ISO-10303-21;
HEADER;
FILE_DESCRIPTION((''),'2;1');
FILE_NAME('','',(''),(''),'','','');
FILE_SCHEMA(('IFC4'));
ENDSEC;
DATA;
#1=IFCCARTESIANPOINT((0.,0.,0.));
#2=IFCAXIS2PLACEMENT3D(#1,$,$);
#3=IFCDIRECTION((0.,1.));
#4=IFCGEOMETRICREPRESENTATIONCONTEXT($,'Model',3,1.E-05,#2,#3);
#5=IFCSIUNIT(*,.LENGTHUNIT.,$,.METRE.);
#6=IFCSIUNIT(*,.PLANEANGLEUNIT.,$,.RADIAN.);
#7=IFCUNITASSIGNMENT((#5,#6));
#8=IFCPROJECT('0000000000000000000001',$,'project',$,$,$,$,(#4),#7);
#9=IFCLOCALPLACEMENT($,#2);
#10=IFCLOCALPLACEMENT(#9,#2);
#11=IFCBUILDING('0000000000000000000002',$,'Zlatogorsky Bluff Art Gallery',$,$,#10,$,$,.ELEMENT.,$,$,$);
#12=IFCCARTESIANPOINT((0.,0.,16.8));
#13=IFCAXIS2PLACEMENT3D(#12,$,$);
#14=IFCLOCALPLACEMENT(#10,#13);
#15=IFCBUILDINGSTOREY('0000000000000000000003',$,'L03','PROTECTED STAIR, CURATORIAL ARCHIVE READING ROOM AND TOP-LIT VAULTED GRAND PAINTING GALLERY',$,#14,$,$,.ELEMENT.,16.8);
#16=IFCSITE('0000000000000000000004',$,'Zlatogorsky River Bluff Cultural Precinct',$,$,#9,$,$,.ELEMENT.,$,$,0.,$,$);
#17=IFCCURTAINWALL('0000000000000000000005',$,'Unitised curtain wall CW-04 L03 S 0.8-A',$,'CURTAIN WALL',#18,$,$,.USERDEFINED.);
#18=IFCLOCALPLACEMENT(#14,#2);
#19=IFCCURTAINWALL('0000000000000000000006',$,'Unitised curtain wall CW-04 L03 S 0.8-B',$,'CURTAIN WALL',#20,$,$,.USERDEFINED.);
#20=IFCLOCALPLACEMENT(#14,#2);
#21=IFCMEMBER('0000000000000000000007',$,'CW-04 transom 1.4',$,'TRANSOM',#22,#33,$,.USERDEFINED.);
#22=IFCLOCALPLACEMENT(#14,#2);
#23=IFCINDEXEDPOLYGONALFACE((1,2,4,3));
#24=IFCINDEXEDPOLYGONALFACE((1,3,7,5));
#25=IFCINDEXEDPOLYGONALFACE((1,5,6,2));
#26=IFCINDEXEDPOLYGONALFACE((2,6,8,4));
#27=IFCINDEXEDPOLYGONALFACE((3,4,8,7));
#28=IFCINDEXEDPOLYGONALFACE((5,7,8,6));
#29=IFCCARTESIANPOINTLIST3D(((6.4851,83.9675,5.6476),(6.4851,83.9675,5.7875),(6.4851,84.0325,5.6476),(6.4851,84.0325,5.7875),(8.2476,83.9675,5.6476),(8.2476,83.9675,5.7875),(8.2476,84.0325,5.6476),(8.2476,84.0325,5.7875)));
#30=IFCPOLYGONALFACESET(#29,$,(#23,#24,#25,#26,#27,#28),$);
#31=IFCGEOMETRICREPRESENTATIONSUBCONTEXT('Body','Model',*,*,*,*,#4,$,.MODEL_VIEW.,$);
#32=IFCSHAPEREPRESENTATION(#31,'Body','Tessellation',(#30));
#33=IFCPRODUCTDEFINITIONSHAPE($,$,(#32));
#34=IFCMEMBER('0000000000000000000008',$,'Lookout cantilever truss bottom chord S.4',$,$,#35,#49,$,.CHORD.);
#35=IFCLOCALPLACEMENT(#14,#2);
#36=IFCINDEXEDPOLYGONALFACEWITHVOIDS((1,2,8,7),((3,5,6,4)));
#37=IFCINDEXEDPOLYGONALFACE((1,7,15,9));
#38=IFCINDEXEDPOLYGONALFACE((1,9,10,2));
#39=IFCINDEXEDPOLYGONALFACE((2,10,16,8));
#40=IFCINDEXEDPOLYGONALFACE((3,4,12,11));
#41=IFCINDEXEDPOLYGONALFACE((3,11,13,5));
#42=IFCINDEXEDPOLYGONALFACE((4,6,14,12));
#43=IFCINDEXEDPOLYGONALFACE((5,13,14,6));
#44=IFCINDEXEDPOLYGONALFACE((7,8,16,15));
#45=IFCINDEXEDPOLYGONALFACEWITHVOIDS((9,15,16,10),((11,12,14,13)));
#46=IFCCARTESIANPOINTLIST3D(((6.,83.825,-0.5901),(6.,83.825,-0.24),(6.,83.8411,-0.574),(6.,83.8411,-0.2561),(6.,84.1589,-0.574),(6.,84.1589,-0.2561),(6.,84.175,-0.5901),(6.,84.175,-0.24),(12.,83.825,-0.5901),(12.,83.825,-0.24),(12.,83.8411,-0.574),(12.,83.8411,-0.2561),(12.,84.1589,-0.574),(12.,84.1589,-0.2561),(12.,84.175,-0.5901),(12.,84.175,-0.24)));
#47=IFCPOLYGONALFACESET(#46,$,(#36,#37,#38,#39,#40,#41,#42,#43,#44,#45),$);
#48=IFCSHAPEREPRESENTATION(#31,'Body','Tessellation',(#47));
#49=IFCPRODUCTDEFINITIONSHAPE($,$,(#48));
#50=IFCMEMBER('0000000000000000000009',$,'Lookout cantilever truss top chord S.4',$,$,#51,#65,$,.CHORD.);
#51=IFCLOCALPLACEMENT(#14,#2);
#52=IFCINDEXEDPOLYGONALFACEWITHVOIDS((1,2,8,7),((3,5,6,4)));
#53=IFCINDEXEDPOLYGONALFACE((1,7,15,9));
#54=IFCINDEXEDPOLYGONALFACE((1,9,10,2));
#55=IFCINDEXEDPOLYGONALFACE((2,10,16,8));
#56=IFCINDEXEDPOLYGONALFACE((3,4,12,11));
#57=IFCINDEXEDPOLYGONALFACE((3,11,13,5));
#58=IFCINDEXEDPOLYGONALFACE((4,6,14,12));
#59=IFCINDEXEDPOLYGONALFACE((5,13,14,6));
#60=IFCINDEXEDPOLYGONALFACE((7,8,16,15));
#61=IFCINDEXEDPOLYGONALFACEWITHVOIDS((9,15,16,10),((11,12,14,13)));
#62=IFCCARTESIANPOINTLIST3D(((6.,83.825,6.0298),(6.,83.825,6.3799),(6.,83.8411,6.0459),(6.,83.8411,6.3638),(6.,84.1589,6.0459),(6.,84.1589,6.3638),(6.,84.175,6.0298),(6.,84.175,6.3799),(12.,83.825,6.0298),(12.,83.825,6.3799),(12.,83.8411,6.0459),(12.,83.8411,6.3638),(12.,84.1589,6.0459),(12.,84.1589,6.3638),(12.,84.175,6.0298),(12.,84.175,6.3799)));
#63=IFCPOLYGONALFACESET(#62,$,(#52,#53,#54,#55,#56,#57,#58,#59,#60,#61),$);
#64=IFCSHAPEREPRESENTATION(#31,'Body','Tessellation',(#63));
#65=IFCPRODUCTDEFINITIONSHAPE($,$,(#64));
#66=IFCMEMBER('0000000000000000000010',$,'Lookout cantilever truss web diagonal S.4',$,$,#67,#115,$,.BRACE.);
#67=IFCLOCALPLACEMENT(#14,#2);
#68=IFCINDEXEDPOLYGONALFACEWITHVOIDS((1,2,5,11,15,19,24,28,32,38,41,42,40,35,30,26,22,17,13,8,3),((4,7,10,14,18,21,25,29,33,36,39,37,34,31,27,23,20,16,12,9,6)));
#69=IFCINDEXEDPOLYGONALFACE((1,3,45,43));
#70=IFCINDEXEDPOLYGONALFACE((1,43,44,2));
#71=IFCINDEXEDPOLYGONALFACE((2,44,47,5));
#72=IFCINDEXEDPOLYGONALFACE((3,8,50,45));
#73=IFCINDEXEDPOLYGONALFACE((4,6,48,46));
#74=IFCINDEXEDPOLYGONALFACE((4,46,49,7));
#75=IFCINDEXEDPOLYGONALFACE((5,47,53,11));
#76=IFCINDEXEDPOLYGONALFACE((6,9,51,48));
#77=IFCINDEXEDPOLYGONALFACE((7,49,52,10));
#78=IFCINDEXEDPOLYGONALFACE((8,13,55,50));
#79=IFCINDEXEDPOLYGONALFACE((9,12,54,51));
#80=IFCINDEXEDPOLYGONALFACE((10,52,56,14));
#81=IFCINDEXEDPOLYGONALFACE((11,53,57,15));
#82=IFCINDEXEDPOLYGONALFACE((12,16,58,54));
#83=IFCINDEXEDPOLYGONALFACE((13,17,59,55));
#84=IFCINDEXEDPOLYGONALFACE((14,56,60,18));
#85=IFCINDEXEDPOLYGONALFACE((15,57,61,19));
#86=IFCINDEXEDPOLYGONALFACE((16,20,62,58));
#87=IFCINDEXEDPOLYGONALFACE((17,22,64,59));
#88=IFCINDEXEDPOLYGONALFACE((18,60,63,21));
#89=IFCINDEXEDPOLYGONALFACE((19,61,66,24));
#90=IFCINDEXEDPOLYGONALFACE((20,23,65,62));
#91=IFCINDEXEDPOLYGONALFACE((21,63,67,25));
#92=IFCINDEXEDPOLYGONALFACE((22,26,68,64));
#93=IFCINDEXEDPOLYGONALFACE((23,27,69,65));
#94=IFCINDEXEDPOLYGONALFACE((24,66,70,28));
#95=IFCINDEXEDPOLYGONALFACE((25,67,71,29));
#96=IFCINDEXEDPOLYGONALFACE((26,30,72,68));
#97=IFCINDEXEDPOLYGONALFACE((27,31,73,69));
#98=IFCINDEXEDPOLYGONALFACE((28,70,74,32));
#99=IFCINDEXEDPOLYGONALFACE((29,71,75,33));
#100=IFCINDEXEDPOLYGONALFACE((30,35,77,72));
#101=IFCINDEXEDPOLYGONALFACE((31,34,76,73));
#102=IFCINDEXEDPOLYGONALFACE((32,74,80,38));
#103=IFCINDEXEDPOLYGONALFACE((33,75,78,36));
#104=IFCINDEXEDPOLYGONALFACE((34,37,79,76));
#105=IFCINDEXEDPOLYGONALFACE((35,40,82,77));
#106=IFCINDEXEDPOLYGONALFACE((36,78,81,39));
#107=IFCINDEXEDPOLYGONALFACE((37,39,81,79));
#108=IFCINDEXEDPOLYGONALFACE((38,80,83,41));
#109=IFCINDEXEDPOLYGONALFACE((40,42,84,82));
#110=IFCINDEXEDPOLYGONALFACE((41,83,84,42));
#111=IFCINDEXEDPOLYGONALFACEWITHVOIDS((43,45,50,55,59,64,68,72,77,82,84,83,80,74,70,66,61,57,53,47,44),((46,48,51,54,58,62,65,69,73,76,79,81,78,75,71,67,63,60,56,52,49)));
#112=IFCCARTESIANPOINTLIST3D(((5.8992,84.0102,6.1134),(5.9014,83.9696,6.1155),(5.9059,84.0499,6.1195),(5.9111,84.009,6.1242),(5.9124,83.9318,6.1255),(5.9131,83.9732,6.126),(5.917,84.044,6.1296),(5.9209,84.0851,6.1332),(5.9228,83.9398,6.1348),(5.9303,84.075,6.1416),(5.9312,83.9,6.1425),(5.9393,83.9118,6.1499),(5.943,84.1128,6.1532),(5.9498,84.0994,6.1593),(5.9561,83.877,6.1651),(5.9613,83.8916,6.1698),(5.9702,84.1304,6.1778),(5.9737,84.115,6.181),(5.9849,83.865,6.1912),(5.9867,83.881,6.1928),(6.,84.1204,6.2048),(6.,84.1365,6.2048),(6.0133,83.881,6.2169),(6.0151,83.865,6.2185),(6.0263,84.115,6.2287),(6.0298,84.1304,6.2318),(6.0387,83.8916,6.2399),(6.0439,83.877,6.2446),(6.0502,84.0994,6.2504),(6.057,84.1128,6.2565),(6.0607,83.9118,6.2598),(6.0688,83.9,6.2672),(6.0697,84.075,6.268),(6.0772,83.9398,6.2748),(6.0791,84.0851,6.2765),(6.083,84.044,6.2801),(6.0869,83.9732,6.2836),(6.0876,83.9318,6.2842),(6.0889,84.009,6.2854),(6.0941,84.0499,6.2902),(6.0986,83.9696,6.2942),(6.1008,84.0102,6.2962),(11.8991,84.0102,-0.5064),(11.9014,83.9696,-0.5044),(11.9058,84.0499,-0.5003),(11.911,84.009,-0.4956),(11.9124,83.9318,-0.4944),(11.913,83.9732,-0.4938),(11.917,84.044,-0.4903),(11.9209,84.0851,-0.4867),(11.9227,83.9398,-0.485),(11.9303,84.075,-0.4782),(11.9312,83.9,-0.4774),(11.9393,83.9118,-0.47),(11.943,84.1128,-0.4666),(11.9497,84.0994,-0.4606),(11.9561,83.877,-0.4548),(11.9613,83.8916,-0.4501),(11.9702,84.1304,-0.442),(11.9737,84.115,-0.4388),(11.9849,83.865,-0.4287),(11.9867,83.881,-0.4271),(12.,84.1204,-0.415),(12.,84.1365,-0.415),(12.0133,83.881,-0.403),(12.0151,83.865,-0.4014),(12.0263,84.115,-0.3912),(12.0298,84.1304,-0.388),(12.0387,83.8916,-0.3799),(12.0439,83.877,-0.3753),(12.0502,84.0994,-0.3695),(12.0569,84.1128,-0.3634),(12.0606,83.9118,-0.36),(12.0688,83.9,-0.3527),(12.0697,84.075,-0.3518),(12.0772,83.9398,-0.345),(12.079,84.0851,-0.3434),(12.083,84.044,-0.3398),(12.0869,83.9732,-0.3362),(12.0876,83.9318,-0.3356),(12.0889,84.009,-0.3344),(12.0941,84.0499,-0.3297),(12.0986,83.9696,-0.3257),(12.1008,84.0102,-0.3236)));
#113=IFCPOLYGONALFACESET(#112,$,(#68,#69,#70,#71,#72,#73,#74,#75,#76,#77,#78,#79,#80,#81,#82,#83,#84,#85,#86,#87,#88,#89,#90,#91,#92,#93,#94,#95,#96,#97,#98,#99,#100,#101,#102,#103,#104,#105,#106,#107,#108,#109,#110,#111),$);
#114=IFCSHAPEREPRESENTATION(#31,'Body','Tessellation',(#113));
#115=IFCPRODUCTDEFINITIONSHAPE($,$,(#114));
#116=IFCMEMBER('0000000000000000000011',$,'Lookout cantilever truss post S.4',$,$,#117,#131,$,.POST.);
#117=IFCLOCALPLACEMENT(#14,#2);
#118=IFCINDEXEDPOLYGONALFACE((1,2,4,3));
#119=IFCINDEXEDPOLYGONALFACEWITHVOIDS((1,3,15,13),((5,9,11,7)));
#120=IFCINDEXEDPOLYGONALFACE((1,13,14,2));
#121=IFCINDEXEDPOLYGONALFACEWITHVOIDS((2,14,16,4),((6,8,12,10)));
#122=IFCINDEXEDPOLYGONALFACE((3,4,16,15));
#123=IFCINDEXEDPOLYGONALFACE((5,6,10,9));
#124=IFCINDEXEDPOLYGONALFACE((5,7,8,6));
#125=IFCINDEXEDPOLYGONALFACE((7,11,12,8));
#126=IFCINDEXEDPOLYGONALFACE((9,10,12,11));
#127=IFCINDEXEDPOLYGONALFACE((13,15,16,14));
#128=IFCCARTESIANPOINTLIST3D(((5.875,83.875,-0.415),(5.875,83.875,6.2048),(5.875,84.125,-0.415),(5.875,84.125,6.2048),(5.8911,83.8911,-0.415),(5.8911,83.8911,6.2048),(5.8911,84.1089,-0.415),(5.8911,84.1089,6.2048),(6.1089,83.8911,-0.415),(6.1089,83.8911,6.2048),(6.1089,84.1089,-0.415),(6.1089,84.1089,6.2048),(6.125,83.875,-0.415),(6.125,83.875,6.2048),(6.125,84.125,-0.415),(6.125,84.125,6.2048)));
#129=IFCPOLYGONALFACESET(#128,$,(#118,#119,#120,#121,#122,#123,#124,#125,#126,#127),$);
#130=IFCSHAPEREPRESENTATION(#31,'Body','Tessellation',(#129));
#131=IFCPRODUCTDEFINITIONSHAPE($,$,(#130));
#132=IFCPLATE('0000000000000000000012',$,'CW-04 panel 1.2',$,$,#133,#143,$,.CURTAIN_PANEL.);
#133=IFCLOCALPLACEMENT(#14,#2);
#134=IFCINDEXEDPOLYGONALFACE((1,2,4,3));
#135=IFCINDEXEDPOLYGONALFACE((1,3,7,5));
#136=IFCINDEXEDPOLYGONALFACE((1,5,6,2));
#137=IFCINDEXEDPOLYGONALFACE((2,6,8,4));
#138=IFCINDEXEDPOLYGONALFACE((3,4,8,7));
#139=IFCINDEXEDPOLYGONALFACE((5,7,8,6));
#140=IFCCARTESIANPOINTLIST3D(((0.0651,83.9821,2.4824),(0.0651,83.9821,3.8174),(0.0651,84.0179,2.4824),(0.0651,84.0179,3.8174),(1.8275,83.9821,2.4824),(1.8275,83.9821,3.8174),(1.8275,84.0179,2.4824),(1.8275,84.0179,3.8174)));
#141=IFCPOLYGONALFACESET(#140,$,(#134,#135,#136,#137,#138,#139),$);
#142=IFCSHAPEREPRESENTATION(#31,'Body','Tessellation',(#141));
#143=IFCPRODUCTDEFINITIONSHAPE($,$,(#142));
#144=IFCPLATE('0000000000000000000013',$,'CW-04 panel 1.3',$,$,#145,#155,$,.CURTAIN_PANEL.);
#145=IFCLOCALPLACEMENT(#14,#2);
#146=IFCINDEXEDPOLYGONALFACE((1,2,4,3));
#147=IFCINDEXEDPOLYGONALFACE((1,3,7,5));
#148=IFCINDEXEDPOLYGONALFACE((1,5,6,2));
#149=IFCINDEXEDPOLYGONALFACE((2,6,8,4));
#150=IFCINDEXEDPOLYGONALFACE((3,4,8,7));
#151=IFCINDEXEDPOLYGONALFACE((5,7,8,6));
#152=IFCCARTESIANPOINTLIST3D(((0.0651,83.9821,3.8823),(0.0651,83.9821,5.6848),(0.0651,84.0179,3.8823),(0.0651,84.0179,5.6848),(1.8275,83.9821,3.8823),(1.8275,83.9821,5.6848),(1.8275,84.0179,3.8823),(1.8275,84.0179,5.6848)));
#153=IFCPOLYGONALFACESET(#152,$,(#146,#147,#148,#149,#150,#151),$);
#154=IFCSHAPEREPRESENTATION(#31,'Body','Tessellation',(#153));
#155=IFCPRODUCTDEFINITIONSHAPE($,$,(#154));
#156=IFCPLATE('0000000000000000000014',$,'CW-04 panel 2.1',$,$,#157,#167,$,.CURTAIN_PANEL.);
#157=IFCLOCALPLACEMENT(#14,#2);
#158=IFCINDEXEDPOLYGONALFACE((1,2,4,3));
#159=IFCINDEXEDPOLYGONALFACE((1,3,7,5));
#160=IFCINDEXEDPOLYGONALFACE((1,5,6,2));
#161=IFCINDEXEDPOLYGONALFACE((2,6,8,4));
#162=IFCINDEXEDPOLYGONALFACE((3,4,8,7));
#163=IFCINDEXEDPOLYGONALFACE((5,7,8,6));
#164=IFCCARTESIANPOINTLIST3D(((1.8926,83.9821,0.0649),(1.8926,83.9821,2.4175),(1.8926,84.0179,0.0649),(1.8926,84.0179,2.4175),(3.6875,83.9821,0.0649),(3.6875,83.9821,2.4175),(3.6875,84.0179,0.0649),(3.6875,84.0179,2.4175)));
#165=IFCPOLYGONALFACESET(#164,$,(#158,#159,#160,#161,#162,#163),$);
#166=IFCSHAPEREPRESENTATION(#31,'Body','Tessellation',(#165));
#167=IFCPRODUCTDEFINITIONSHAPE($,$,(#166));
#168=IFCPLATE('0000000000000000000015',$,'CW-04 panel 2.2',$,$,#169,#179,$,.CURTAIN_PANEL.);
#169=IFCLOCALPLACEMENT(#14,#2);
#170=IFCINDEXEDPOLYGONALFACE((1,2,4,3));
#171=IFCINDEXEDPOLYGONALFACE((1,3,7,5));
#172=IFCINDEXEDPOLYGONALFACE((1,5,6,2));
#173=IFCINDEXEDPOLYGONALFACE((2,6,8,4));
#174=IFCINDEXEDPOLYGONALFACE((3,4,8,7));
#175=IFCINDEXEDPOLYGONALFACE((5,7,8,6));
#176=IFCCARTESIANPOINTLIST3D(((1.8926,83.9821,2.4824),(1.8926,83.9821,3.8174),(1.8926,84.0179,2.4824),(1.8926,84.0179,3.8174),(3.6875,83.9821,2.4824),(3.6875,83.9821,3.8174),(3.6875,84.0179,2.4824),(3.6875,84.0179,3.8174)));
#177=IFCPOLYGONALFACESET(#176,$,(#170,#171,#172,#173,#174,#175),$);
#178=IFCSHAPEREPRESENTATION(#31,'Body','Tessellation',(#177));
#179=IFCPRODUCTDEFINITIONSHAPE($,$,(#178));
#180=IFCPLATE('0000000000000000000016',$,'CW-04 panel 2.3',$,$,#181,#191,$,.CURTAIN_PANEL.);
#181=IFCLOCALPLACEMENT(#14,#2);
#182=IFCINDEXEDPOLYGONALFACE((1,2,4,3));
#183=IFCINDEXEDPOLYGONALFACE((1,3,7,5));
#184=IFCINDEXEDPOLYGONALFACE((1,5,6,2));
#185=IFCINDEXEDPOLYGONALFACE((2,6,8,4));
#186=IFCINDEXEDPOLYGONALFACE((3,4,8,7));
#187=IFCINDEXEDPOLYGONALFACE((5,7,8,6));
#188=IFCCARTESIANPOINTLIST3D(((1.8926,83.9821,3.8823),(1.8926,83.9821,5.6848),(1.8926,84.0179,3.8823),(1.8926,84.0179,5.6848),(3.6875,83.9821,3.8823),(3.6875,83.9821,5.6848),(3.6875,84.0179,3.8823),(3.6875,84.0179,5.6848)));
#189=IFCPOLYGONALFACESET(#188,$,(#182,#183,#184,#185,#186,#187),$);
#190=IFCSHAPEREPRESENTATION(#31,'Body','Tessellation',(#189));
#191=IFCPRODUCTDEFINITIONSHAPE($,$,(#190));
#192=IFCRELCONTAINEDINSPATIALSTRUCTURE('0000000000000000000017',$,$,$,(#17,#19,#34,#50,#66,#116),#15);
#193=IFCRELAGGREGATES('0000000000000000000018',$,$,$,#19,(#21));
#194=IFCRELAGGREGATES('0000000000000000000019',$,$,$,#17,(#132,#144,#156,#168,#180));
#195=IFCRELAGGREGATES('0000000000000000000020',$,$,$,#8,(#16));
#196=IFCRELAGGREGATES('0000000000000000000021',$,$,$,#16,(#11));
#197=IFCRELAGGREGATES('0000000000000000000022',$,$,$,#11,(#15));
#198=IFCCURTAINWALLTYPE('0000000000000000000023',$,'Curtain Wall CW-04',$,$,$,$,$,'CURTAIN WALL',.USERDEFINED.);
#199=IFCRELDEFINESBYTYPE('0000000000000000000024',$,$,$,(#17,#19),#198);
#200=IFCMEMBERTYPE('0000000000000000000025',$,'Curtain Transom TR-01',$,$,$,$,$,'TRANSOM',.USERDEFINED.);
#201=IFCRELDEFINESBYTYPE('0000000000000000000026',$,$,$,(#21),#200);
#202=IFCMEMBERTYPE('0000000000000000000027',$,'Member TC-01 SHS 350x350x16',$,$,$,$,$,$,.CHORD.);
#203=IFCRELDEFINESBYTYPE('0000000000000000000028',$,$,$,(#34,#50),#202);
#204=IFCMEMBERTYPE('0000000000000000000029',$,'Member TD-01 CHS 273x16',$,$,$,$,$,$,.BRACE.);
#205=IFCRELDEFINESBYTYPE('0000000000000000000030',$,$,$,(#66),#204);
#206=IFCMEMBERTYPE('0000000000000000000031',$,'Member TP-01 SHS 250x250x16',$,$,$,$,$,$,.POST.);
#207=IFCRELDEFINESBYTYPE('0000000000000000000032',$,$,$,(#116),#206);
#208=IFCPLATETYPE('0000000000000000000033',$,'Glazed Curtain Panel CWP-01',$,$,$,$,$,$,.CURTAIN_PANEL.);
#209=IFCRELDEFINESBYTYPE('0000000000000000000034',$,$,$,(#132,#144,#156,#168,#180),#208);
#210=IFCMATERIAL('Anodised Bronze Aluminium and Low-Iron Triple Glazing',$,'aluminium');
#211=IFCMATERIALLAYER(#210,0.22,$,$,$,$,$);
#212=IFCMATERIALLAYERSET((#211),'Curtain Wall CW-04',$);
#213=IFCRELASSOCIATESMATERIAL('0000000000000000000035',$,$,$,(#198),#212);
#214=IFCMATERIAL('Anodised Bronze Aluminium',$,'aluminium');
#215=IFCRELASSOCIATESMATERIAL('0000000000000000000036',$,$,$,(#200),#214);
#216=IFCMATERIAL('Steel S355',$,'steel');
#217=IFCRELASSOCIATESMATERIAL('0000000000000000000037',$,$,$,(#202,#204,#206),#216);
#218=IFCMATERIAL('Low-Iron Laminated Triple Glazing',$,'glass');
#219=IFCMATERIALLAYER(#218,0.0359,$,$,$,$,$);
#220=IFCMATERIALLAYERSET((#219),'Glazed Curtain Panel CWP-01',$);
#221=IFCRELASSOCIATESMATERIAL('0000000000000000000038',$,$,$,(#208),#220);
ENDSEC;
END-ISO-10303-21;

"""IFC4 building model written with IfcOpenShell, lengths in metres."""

from ifc_helpers import new_model, si_unit, direction, frame, origin, origin_2d, place, context, subcontext, project, spatial, rectangle, hollow_rectangle, hollow_circle, extrude, material, layer, layer_set, material_profile, profile_set, type_object, element, aggregate, save


model = new_model("IFC4")

# Units and contexts
model_context = context("Model", 3, precision=1e-05, world=origin(), true_north=direction((0.0, 1.0)))
body_context = subcontext(model_context, "Body", "Model", "MODEL_VIEW")
ifc_project = project(units=[si_unit("LENGTHUNIT", "METRE"), si_unit("PLANEANGLEUNIT", "RADIAN")], contexts=[model_context])

# Site, building, storey
site_placement = place(None, origin())
site = spatial("IfcSite", under=ifc_project, at=site_placement, Name="Zlatogorsky River Bluff Cultural Precinct", CompositionType="ELEMENT", RefElevation=0.0)
building_placement = place(site_placement, origin())
building = spatial("IfcBuilding", under=site, at=building_placement, Name="Zlatogorsky Bluff Art Gallery", CompositionType="ELEMENT")
storey_placement = place(building_placement, frame((0.0, 0.0, 16.8)))
storey = spatial("IfcBuildingStorey", under=building, at=storey_placement, Name="L03", Description="PROTECTED STAIR, CURATORIAL ARCHIVE READING ROOM AND TOP-LIT VAULTED GRAND PAINTING GALLERY", CompositionType="ELEMENT", Elevation=16.8)

# Curtain wall
ifc_material_1 = material(Name="Anodised Bronze Aluminium and Low-Iron Triple Glazing", Category="aluminium")
ifc_layer_1 = layer(ifc_material_1, 0.22)
ifc_layer_set_1 = layer_set([ifc_layer_1], Name="Curtain Wall CW-04")
curtain_wall_type = type_object("IfcCurtainWallType", Name="Curtain Wall CW-04", ElementType="CURTAIN WALL", PredefinedType="USERDEFINED", material=ifc_layer_set_1)
curtain_wall_1_placement = place(storey_placement, origin())
curtain_wall_1 = element("IfcCurtainWall", 1, at=curtain_wall_1_placement, inside=storey, type_object=curtain_wall_type, Name="Unitised curtain wall CW-04 L03 S 0.8-A", ObjectType="CURTAIN WALL", PredefinedType="USERDEFINED")
ifc_material_2 = material(Name="Anodised Bronze Aluminium", Category="aluminium")

# Curtain wall
curtain_wall_2_placement = place(storey_placement, origin())
curtain_wall_2 = element("IfcCurtainWall", 2, at=curtain_wall_2_placement, inside=storey, type_object=curtain_wall_type, Name="Unitised curtain wall CW-04 L03 S 0.8-B", ObjectType="CURTAIN WALL", PredefinedType="USERDEFINED")

# Member
ifc_material_profile_1 = material_profile(ifc_material_2, rectangle(XDim=0.0649, YDim=0.1399, at=origin_2d()), Name="ALU TRANSOM 65x140")
ifc_profile_set_1 = profile_set([ifc_material_profile_1], Name="Anodised Bronze Aluminium")
member_type_1 = type_object("IfcMemberType", Name="Curtain Transom TR-01", ElementType="TRANSOM", PredefinedType="USERDEFINED", material=ifc_profile_set_1)
member_1_placement = place(storey_placement, frame((6.4851, 84.0, 5.7175), z_axis=(1.0, 0.0, 0.0), x_axis=(0.0, 1.0, 0.0)))
member_1 = element("IfcMember", 3, at=member_1_placement, type_object=member_type_1, Name="CW-04 transom 1.4", ObjectType="TRANSOM", PredefinedType="USERDEFINED", context=body_context, shape_type="SweptSolid", body=[
    extrude(rectangle(XDim=0.0649, YDim=0.1399, at=origin_2d()), origin(), (0.0, 0.0, 1.0), 1.7625),
])
aggregate(curtain_wall_2, [member_1])

# Members
ifc_material_3 = material(Name="Steel S355", Category="steel")
ifc_material_profile_2 = material_profile(ifc_material_3, hollow_rectangle(XDim=0.3501, YDim=0.3501, WallThickness=0.0161, at=origin_2d()), Name="SHS 350x350x16")
ifc_profile_set_2 = profile_set([ifc_material_profile_2], Name="Steel S355")
member_type_2 = type_object("IfcMemberType", Name="Member TC-01 SHS 350x350x16", PredefinedType="CHORD", material=ifc_profile_set_2)
for number, where, z_axis, x_axis, name in (
    (4, (6.0, 84.0, -0.415), (1.0, 0.0, 0.0), (0.0, 1.0, 0.0), "Lookout cantilever truss bottom chord S.4"),
    (5, (6.0, 84.0, 6.2048), (1.0, 0.0, 0.0), (0.0, 1.0, 0.0), "Lookout cantilever truss top chord S.4"),
):
    element("IfcMember", number, at=place(storey_placement, frame(where, z_axis=z_axis, x_axis=x_axis)), inside=storey, type_object=member_type_2, Name=name, PredefinedType="CHORD", context=body_context, shape_type="SweptSolid", body=[
        extrude(hollow_rectangle(XDim=0.3501, YDim=0.3501, WallThickness=0.0161, at=origin_2d()), origin(), (0.0, 0.0, 1.0), 6.0),
    ])
ifc_material_profile_3 = material_profile(ifc_material_3, hollow_circle(Radius=0.1365, WallThickness=0.0161, at=origin_2d()), Name="CHS 273x16")
ifc_profile_set_3 = profile_set([ifc_material_profile_3], Name="Steel S355")
member_type_3 = type_object("IfcMemberType", Name="Member TD-01 CHS 273x16", PredefinedType="BRACE", material=ifc_profile_set_3)
member_2_placement = place(storey_placement, frame((6.0, 84.0, 6.2048), z_axis=(0.671565, 0.0, -0.740946), x_axis=(0.0, 1.0, 0.0)))
element("IfcMember", 6, at=member_2_placement, inside=storey, type_object=member_type_3, Name="Lookout cantilever truss web diagonal S.4", PredefinedType="BRACE", context=body_context, shape_type="SweptSolid", body=[
    extrude(hollow_circle(Radius=0.1365, WallThickness=0.0161, at=origin_2d()), origin(), (0.0, 0.0, 1.0), 8.9343),
])
ifc_material_profile_4 = material_profile(ifc_material_3, hollow_rectangle(XDim=0.25, YDim=0.25, WallThickness=0.0161, at=origin_2d()), Name="SHS 250x250x16")
ifc_profile_set_4 = profile_set([ifc_material_profile_4], Name="Steel S355")
member_type_4 = type_object("IfcMemberType", Name="Member TP-01 SHS 250x250x16", PredefinedType="POST", material=ifc_profile_set_4)
member_3_placement = place(storey_placement, frame((6.0, 84.0, -0.415), z_axis=(0.0, 0.0, 1.0), x_axis=(1.0, 0.0, 0.0)))
element("IfcMember", 7, at=member_3_placement, inside=storey, type_object=member_type_4, Name="Lookout cantilever truss post S.4", PredefinedType="POST", context=body_context, shape_type="SweptSolid", body=[
    extrude(hollow_rectangle(XDim=0.25, YDim=0.25, WallThickness=0.0161, at=origin_2d()), origin(), (0.0, 0.0, 1.0), 6.6199),
])

# Plates
ifc_material_4 = material(Name="Low-Iron Laminated Triple Glazing", Category="glass")
ifc_layer_2 = layer(ifc_material_4, 0.0359)
ifc_layer_set_2 = layer_set([ifc_layer_2], Name="Glazed Curtain Panel CWP-01")
plate_type_1 = type_object("IfcPlateType", Name="Glazed Curtain Panel CWP-01", PredefinedType="CURTAIN_PANEL", material=ifc_layer_set_2)
plate_1_placement = place(storey_placement, frame((0.9463, 84.0, 2.4824), z_axis=(0.0, 0.0, 1.0), x_axis=(1.0, 0.0, 0.0)))
plate_1 = element("IfcPlate", 8, at=plate_1_placement, type_object=plate_type_1, Name="CW-04 panel 1.2", PredefinedType="CURTAIN_PANEL", context=body_context, shape_type="SweptSolid", body=[
    extrude(rectangle(XDim=1.7625, YDim=0.0359, at=origin_2d()), origin(), (0.0, 0.0, 1.0), 1.335),
])
plate_2_placement = place(storey_placement, frame((0.9463, 84.0, 3.8823), z_axis=(0.0, 0.0, 1.0), x_axis=(1.0, 0.0, 0.0)))
plate_2 = element("IfcPlate", 9, at=plate_2_placement, type_object=plate_type_1, Name="CW-04 panel 1.3", PredefinedType="CURTAIN_PANEL", context=body_context, shape_type="SweptSolid", body=[
    extrude(rectangle(XDim=1.7625, YDim=0.0359, at=origin_2d()), origin(), (0.0, 0.0, 1.0), 1.8025),
])
plate_3_placement = place(storey_placement, frame((2.79, 84.0, 0.0649), z_axis=(0.0, 0.0, 1.0), x_axis=(1.0, 0.0, 0.0)))
plate_3 = element("IfcPlate", 10, at=plate_3_placement, type_object=plate_type_1, Name="CW-04 panel 2.1", PredefinedType="CURTAIN_PANEL", context=body_context, shape_type="SweptSolid", body=[
    extrude(rectangle(XDim=1.7949, YDim=0.0359, at=origin_2d()), origin(), (0.0, 0.0, 1.0), 2.3525),
])
plate_4_placement = place(storey_placement, frame((2.79, 84.0, 2.4824), z_axis=(0.0, 0.0, 1.0), x_axis=(1.0, 0.0, 0.0)))
plate_4 = element("IfcPlate", 11, at=plate_4_placement, type_object=plate_type_1, Name="CW-04 panel 2.2", PredefinedType="CURTAIN_PANEL", context=body_context, shape_type="SweptSolid", body=[
    extrude(rectangle(XDim=1.7949, YDim=0.0359, at=origin_2d()), origin(), (0.0, 0.0, 1.0), 1.335),
])
plate_5_placement = place(storey_placement, frame((2.79, 84.0, 3.8823), z_axis=(0.0, 0.0, 1.0), x_axis=(1.0, 0.0, 0.0)))
plate_5 = element("IfcPlate", 12, at=plate_5_placement, type_object=plate_type_1, Name="CW-04 panel 2.3", PredefinedType="CURTAIN_PANEL", context=body_context, shape_type="SweptSolid", body=[
    extrude(rectangle(XDim=1.7949, YDim=0.0359, at=origin_2d()), origin(), (0.0, 0.0, 1.0), 1.8025),
])
aggregate(curtain_wall_1, [plate_1, plate_2, plate_3, plate_4, plate_5])

save(model, "model.ifc")
